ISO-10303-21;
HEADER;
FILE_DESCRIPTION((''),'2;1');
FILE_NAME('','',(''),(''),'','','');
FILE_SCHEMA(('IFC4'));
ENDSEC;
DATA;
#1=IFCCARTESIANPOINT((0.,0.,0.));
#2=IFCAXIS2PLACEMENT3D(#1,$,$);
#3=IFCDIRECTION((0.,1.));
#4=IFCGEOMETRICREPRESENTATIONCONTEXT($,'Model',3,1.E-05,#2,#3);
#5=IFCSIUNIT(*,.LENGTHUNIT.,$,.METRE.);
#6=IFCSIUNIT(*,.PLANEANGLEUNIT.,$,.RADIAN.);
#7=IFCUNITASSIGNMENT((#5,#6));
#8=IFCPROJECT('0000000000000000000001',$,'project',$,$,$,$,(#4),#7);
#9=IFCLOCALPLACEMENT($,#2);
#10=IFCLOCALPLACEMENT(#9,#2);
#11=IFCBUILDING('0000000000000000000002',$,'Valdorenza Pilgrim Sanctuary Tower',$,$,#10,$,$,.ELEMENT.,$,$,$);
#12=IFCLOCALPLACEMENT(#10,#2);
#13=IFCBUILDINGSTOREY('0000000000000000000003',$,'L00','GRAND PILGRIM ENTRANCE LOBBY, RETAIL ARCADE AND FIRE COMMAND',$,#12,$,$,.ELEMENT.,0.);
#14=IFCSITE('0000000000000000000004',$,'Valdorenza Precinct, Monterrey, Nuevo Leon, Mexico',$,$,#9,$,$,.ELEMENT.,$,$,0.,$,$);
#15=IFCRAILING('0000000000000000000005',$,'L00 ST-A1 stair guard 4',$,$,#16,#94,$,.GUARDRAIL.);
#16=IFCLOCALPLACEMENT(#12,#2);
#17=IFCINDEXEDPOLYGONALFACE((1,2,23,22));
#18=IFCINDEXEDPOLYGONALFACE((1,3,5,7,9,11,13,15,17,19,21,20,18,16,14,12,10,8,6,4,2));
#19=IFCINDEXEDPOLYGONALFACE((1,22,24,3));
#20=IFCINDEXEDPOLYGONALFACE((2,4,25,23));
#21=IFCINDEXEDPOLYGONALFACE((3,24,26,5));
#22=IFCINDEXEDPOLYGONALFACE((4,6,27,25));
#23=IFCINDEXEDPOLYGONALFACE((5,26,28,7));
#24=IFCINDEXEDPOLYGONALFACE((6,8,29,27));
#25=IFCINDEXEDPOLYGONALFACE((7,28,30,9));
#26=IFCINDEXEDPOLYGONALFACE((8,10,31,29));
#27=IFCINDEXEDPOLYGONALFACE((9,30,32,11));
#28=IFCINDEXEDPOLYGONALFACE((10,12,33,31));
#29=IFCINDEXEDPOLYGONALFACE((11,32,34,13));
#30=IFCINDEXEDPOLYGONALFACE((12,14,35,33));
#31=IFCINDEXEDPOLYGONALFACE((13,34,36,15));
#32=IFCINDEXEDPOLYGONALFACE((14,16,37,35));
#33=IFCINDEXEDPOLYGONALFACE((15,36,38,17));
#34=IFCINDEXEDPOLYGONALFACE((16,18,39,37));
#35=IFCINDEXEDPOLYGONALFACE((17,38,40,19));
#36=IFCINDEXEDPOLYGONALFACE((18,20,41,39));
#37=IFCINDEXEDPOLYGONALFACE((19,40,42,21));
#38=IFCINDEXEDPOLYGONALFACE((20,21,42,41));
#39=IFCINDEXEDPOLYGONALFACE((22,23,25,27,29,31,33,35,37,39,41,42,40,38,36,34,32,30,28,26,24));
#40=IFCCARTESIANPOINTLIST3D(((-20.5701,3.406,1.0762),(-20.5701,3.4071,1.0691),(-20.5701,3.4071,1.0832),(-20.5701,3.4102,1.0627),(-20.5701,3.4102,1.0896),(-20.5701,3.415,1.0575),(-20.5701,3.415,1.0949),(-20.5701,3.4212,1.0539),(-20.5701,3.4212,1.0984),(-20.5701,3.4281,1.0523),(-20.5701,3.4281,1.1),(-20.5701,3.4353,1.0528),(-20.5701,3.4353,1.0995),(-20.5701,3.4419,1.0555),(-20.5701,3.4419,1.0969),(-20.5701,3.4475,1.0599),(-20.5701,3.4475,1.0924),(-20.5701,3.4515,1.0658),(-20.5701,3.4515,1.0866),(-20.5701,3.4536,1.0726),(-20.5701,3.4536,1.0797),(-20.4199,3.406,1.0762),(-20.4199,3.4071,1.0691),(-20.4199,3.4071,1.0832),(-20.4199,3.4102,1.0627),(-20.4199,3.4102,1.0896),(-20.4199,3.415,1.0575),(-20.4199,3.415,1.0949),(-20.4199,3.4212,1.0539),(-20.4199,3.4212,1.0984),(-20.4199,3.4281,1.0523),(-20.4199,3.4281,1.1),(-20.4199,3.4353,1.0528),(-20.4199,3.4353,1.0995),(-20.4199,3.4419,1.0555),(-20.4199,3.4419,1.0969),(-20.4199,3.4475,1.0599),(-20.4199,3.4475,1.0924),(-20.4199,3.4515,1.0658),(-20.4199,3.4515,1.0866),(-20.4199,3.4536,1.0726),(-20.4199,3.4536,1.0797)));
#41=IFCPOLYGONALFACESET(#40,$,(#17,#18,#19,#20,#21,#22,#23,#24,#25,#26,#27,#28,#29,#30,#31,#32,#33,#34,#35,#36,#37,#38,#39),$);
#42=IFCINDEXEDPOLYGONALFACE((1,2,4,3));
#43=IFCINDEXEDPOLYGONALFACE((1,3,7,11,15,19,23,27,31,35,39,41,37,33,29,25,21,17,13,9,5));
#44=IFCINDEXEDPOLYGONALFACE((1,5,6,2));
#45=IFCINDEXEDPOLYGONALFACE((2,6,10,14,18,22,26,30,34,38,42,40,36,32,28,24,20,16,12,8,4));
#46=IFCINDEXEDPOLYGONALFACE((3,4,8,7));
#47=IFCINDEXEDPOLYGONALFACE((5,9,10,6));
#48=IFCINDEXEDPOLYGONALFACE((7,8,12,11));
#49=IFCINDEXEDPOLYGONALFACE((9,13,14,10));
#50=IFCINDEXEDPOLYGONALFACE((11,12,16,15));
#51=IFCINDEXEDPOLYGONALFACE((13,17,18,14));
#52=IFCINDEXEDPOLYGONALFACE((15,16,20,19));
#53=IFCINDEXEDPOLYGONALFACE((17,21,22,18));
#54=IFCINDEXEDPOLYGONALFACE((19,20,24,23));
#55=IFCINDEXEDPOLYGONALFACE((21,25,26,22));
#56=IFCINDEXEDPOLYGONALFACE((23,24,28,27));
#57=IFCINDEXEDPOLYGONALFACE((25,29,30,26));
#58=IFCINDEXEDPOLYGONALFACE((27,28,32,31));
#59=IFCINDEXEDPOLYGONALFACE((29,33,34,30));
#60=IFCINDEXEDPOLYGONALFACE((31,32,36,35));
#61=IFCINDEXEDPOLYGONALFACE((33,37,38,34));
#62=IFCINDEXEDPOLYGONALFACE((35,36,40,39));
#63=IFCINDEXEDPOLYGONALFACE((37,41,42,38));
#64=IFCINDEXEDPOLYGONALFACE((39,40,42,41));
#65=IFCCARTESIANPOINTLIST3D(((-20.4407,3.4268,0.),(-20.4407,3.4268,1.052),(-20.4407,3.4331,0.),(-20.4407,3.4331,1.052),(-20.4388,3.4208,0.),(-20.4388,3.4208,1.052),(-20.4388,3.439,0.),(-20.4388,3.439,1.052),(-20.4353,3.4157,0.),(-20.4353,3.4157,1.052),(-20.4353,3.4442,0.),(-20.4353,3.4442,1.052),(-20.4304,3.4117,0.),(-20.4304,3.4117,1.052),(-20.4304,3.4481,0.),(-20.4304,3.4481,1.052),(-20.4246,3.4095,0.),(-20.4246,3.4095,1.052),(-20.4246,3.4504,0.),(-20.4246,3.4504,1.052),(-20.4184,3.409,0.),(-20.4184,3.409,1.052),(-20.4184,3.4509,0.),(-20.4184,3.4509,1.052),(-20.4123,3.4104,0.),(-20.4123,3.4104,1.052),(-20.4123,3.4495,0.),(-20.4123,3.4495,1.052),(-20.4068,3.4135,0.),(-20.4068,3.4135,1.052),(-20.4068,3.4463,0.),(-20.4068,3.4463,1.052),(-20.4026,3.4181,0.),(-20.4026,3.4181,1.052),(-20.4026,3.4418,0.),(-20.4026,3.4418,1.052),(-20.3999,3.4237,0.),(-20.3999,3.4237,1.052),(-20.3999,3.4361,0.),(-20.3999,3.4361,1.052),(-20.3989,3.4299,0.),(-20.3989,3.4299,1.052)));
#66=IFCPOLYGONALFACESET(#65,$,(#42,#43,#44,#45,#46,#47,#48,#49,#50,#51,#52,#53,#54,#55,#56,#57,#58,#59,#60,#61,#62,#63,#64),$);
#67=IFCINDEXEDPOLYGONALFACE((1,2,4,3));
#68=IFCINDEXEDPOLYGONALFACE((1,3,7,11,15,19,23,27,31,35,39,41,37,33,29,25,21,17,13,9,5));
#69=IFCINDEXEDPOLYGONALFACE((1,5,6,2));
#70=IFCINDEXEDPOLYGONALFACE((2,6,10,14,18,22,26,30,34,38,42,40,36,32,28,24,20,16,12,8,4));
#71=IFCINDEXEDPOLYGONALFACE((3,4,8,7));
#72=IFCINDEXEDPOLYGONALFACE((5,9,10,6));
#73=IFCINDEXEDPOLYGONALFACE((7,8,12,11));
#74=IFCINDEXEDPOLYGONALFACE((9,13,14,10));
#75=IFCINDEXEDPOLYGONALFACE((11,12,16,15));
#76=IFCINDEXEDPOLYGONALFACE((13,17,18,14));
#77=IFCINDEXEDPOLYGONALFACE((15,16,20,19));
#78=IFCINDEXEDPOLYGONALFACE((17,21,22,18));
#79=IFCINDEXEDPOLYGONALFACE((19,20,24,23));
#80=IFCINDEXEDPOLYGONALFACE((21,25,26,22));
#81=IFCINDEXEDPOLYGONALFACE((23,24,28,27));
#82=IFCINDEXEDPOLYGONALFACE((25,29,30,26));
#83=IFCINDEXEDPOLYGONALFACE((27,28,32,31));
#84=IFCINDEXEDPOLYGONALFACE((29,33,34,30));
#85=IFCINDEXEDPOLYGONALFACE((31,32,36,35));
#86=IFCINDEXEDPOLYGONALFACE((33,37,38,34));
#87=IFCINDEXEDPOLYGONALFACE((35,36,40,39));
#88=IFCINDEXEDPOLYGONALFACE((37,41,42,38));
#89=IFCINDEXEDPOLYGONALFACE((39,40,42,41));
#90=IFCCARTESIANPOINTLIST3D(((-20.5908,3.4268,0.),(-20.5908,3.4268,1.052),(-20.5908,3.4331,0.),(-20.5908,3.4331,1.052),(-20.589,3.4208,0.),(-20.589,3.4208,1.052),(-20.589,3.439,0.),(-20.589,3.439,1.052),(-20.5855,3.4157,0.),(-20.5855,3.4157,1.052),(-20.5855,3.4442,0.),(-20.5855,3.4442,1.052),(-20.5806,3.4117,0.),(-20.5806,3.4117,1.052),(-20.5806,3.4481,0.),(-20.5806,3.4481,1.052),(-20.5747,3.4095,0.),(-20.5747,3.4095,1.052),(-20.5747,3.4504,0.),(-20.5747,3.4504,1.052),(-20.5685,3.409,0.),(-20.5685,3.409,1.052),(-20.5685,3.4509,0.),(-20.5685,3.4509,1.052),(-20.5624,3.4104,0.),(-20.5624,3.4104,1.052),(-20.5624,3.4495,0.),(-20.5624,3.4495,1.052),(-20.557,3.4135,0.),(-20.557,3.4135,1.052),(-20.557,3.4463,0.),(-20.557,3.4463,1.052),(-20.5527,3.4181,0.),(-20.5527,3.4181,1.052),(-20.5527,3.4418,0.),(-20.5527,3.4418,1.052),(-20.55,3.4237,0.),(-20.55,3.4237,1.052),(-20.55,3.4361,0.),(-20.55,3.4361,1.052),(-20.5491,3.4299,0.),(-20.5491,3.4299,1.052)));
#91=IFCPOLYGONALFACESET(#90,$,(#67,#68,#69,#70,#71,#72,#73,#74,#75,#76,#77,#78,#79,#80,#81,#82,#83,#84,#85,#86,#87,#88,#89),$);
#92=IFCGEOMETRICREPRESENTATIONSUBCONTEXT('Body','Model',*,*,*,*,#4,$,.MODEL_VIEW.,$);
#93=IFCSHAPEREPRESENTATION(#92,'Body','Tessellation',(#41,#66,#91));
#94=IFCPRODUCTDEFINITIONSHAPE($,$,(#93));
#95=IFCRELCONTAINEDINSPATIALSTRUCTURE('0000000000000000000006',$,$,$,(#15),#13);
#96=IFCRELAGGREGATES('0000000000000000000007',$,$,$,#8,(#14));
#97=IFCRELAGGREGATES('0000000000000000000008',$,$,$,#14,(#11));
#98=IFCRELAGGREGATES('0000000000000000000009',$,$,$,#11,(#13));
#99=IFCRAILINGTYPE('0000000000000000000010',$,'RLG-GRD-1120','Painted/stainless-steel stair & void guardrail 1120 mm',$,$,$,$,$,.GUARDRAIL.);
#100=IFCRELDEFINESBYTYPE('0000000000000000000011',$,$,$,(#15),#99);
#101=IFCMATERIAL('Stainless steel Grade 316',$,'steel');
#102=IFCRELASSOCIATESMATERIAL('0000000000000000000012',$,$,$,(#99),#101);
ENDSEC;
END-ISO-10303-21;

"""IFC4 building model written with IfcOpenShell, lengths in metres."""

from ifc_helpers import new_model, si_unit, direction, frame, origin, origin_2d, place, context, subcontext, project, spatial, circle, extrude, material, type_object, element, save


model = new_model("IFC4")

# Units and contexts
model_context = context("Model", 3, precision=1e-05, world=origin(), true_north=direction((0.0, 1.0)))
body_context = subcontext(model_context, "Body", "Model", "MODEL_VIEW")
ifc_project = project(units=[si_unit("LENGTHUNIT", "METRE"), si_unit("PLANEANGLEUNIT", "RADIAN")], contexts=[model_context])

# Site, building, storey
site_placement = place(None, origin())
site = spatial("IfcSite", under=ifc_project, at=site_placement, Name="Valdorenza Precinct, Monterrey, Nuevo Leon, Mexico", CompositionType="ELEMENT", RefElevation=0.0)
building_placement = place(site_placement, origin())
building = spatial("IfcBuilding", under=site, at=building_placement, Name="Valdorenza Pilgrim Sanctuary Tower", CompositionType="ELEMENT")
storey_placement = place(building_placement, origin())
storey = spatial("IfcBuildingStorey", under=building, at=storey_placement, Name="L00", Description="GRAND PILGRIM ENTRANCE LOBBY, RETAIL ARCADE AND FIRE COMMAND", CompositionType="ELEMENT", Elevation=0.0)

# Railing
ifc_material_1 = material(Name="Stainless steel Grade 316", Category="steel")
railing_type_1 = type_object("IfcRailingType", Name="RLG-GRD-1120", Description="Painted/stainless-steel stair & void guardrail 1120 mm", PredefinedType="GUARDRAIL", material=ifc_material_1)
railing_1_placement = place(storey_placement, frame((-20.4199, 3.4299, 0.0)))
element("IfcRailing", 1, at=railing_1_placement, inside=storey, type_object=railing_type_1, Name="L00 ST-A1 stair guard 4", PredefinedType="GUARDRAIL", context=body_context, shape_type="SweptSolid", body=[
    extrude(circle(Radius=0.0239, at=origin_2d()), frame((0.0, 0.0, 1.0762), z_axis=(-1.0, 0.0, 0.0), x_axis=(0.0, -1.0, 0.0)), (0.0, 0.0, 1.0), 0.1501),
    extrude(circle(Radius=0.021, at=origin_2d()), origin(), (0.0, 0.0, 1.0), 1.052),
    extrude(circle(Radius=0.021, at=origin_2d()), frame((-0.1501, 0.0, 0.0)), (0.0, 0.0, 1.0), 1.052),
])

save(model, "model.ifc")
